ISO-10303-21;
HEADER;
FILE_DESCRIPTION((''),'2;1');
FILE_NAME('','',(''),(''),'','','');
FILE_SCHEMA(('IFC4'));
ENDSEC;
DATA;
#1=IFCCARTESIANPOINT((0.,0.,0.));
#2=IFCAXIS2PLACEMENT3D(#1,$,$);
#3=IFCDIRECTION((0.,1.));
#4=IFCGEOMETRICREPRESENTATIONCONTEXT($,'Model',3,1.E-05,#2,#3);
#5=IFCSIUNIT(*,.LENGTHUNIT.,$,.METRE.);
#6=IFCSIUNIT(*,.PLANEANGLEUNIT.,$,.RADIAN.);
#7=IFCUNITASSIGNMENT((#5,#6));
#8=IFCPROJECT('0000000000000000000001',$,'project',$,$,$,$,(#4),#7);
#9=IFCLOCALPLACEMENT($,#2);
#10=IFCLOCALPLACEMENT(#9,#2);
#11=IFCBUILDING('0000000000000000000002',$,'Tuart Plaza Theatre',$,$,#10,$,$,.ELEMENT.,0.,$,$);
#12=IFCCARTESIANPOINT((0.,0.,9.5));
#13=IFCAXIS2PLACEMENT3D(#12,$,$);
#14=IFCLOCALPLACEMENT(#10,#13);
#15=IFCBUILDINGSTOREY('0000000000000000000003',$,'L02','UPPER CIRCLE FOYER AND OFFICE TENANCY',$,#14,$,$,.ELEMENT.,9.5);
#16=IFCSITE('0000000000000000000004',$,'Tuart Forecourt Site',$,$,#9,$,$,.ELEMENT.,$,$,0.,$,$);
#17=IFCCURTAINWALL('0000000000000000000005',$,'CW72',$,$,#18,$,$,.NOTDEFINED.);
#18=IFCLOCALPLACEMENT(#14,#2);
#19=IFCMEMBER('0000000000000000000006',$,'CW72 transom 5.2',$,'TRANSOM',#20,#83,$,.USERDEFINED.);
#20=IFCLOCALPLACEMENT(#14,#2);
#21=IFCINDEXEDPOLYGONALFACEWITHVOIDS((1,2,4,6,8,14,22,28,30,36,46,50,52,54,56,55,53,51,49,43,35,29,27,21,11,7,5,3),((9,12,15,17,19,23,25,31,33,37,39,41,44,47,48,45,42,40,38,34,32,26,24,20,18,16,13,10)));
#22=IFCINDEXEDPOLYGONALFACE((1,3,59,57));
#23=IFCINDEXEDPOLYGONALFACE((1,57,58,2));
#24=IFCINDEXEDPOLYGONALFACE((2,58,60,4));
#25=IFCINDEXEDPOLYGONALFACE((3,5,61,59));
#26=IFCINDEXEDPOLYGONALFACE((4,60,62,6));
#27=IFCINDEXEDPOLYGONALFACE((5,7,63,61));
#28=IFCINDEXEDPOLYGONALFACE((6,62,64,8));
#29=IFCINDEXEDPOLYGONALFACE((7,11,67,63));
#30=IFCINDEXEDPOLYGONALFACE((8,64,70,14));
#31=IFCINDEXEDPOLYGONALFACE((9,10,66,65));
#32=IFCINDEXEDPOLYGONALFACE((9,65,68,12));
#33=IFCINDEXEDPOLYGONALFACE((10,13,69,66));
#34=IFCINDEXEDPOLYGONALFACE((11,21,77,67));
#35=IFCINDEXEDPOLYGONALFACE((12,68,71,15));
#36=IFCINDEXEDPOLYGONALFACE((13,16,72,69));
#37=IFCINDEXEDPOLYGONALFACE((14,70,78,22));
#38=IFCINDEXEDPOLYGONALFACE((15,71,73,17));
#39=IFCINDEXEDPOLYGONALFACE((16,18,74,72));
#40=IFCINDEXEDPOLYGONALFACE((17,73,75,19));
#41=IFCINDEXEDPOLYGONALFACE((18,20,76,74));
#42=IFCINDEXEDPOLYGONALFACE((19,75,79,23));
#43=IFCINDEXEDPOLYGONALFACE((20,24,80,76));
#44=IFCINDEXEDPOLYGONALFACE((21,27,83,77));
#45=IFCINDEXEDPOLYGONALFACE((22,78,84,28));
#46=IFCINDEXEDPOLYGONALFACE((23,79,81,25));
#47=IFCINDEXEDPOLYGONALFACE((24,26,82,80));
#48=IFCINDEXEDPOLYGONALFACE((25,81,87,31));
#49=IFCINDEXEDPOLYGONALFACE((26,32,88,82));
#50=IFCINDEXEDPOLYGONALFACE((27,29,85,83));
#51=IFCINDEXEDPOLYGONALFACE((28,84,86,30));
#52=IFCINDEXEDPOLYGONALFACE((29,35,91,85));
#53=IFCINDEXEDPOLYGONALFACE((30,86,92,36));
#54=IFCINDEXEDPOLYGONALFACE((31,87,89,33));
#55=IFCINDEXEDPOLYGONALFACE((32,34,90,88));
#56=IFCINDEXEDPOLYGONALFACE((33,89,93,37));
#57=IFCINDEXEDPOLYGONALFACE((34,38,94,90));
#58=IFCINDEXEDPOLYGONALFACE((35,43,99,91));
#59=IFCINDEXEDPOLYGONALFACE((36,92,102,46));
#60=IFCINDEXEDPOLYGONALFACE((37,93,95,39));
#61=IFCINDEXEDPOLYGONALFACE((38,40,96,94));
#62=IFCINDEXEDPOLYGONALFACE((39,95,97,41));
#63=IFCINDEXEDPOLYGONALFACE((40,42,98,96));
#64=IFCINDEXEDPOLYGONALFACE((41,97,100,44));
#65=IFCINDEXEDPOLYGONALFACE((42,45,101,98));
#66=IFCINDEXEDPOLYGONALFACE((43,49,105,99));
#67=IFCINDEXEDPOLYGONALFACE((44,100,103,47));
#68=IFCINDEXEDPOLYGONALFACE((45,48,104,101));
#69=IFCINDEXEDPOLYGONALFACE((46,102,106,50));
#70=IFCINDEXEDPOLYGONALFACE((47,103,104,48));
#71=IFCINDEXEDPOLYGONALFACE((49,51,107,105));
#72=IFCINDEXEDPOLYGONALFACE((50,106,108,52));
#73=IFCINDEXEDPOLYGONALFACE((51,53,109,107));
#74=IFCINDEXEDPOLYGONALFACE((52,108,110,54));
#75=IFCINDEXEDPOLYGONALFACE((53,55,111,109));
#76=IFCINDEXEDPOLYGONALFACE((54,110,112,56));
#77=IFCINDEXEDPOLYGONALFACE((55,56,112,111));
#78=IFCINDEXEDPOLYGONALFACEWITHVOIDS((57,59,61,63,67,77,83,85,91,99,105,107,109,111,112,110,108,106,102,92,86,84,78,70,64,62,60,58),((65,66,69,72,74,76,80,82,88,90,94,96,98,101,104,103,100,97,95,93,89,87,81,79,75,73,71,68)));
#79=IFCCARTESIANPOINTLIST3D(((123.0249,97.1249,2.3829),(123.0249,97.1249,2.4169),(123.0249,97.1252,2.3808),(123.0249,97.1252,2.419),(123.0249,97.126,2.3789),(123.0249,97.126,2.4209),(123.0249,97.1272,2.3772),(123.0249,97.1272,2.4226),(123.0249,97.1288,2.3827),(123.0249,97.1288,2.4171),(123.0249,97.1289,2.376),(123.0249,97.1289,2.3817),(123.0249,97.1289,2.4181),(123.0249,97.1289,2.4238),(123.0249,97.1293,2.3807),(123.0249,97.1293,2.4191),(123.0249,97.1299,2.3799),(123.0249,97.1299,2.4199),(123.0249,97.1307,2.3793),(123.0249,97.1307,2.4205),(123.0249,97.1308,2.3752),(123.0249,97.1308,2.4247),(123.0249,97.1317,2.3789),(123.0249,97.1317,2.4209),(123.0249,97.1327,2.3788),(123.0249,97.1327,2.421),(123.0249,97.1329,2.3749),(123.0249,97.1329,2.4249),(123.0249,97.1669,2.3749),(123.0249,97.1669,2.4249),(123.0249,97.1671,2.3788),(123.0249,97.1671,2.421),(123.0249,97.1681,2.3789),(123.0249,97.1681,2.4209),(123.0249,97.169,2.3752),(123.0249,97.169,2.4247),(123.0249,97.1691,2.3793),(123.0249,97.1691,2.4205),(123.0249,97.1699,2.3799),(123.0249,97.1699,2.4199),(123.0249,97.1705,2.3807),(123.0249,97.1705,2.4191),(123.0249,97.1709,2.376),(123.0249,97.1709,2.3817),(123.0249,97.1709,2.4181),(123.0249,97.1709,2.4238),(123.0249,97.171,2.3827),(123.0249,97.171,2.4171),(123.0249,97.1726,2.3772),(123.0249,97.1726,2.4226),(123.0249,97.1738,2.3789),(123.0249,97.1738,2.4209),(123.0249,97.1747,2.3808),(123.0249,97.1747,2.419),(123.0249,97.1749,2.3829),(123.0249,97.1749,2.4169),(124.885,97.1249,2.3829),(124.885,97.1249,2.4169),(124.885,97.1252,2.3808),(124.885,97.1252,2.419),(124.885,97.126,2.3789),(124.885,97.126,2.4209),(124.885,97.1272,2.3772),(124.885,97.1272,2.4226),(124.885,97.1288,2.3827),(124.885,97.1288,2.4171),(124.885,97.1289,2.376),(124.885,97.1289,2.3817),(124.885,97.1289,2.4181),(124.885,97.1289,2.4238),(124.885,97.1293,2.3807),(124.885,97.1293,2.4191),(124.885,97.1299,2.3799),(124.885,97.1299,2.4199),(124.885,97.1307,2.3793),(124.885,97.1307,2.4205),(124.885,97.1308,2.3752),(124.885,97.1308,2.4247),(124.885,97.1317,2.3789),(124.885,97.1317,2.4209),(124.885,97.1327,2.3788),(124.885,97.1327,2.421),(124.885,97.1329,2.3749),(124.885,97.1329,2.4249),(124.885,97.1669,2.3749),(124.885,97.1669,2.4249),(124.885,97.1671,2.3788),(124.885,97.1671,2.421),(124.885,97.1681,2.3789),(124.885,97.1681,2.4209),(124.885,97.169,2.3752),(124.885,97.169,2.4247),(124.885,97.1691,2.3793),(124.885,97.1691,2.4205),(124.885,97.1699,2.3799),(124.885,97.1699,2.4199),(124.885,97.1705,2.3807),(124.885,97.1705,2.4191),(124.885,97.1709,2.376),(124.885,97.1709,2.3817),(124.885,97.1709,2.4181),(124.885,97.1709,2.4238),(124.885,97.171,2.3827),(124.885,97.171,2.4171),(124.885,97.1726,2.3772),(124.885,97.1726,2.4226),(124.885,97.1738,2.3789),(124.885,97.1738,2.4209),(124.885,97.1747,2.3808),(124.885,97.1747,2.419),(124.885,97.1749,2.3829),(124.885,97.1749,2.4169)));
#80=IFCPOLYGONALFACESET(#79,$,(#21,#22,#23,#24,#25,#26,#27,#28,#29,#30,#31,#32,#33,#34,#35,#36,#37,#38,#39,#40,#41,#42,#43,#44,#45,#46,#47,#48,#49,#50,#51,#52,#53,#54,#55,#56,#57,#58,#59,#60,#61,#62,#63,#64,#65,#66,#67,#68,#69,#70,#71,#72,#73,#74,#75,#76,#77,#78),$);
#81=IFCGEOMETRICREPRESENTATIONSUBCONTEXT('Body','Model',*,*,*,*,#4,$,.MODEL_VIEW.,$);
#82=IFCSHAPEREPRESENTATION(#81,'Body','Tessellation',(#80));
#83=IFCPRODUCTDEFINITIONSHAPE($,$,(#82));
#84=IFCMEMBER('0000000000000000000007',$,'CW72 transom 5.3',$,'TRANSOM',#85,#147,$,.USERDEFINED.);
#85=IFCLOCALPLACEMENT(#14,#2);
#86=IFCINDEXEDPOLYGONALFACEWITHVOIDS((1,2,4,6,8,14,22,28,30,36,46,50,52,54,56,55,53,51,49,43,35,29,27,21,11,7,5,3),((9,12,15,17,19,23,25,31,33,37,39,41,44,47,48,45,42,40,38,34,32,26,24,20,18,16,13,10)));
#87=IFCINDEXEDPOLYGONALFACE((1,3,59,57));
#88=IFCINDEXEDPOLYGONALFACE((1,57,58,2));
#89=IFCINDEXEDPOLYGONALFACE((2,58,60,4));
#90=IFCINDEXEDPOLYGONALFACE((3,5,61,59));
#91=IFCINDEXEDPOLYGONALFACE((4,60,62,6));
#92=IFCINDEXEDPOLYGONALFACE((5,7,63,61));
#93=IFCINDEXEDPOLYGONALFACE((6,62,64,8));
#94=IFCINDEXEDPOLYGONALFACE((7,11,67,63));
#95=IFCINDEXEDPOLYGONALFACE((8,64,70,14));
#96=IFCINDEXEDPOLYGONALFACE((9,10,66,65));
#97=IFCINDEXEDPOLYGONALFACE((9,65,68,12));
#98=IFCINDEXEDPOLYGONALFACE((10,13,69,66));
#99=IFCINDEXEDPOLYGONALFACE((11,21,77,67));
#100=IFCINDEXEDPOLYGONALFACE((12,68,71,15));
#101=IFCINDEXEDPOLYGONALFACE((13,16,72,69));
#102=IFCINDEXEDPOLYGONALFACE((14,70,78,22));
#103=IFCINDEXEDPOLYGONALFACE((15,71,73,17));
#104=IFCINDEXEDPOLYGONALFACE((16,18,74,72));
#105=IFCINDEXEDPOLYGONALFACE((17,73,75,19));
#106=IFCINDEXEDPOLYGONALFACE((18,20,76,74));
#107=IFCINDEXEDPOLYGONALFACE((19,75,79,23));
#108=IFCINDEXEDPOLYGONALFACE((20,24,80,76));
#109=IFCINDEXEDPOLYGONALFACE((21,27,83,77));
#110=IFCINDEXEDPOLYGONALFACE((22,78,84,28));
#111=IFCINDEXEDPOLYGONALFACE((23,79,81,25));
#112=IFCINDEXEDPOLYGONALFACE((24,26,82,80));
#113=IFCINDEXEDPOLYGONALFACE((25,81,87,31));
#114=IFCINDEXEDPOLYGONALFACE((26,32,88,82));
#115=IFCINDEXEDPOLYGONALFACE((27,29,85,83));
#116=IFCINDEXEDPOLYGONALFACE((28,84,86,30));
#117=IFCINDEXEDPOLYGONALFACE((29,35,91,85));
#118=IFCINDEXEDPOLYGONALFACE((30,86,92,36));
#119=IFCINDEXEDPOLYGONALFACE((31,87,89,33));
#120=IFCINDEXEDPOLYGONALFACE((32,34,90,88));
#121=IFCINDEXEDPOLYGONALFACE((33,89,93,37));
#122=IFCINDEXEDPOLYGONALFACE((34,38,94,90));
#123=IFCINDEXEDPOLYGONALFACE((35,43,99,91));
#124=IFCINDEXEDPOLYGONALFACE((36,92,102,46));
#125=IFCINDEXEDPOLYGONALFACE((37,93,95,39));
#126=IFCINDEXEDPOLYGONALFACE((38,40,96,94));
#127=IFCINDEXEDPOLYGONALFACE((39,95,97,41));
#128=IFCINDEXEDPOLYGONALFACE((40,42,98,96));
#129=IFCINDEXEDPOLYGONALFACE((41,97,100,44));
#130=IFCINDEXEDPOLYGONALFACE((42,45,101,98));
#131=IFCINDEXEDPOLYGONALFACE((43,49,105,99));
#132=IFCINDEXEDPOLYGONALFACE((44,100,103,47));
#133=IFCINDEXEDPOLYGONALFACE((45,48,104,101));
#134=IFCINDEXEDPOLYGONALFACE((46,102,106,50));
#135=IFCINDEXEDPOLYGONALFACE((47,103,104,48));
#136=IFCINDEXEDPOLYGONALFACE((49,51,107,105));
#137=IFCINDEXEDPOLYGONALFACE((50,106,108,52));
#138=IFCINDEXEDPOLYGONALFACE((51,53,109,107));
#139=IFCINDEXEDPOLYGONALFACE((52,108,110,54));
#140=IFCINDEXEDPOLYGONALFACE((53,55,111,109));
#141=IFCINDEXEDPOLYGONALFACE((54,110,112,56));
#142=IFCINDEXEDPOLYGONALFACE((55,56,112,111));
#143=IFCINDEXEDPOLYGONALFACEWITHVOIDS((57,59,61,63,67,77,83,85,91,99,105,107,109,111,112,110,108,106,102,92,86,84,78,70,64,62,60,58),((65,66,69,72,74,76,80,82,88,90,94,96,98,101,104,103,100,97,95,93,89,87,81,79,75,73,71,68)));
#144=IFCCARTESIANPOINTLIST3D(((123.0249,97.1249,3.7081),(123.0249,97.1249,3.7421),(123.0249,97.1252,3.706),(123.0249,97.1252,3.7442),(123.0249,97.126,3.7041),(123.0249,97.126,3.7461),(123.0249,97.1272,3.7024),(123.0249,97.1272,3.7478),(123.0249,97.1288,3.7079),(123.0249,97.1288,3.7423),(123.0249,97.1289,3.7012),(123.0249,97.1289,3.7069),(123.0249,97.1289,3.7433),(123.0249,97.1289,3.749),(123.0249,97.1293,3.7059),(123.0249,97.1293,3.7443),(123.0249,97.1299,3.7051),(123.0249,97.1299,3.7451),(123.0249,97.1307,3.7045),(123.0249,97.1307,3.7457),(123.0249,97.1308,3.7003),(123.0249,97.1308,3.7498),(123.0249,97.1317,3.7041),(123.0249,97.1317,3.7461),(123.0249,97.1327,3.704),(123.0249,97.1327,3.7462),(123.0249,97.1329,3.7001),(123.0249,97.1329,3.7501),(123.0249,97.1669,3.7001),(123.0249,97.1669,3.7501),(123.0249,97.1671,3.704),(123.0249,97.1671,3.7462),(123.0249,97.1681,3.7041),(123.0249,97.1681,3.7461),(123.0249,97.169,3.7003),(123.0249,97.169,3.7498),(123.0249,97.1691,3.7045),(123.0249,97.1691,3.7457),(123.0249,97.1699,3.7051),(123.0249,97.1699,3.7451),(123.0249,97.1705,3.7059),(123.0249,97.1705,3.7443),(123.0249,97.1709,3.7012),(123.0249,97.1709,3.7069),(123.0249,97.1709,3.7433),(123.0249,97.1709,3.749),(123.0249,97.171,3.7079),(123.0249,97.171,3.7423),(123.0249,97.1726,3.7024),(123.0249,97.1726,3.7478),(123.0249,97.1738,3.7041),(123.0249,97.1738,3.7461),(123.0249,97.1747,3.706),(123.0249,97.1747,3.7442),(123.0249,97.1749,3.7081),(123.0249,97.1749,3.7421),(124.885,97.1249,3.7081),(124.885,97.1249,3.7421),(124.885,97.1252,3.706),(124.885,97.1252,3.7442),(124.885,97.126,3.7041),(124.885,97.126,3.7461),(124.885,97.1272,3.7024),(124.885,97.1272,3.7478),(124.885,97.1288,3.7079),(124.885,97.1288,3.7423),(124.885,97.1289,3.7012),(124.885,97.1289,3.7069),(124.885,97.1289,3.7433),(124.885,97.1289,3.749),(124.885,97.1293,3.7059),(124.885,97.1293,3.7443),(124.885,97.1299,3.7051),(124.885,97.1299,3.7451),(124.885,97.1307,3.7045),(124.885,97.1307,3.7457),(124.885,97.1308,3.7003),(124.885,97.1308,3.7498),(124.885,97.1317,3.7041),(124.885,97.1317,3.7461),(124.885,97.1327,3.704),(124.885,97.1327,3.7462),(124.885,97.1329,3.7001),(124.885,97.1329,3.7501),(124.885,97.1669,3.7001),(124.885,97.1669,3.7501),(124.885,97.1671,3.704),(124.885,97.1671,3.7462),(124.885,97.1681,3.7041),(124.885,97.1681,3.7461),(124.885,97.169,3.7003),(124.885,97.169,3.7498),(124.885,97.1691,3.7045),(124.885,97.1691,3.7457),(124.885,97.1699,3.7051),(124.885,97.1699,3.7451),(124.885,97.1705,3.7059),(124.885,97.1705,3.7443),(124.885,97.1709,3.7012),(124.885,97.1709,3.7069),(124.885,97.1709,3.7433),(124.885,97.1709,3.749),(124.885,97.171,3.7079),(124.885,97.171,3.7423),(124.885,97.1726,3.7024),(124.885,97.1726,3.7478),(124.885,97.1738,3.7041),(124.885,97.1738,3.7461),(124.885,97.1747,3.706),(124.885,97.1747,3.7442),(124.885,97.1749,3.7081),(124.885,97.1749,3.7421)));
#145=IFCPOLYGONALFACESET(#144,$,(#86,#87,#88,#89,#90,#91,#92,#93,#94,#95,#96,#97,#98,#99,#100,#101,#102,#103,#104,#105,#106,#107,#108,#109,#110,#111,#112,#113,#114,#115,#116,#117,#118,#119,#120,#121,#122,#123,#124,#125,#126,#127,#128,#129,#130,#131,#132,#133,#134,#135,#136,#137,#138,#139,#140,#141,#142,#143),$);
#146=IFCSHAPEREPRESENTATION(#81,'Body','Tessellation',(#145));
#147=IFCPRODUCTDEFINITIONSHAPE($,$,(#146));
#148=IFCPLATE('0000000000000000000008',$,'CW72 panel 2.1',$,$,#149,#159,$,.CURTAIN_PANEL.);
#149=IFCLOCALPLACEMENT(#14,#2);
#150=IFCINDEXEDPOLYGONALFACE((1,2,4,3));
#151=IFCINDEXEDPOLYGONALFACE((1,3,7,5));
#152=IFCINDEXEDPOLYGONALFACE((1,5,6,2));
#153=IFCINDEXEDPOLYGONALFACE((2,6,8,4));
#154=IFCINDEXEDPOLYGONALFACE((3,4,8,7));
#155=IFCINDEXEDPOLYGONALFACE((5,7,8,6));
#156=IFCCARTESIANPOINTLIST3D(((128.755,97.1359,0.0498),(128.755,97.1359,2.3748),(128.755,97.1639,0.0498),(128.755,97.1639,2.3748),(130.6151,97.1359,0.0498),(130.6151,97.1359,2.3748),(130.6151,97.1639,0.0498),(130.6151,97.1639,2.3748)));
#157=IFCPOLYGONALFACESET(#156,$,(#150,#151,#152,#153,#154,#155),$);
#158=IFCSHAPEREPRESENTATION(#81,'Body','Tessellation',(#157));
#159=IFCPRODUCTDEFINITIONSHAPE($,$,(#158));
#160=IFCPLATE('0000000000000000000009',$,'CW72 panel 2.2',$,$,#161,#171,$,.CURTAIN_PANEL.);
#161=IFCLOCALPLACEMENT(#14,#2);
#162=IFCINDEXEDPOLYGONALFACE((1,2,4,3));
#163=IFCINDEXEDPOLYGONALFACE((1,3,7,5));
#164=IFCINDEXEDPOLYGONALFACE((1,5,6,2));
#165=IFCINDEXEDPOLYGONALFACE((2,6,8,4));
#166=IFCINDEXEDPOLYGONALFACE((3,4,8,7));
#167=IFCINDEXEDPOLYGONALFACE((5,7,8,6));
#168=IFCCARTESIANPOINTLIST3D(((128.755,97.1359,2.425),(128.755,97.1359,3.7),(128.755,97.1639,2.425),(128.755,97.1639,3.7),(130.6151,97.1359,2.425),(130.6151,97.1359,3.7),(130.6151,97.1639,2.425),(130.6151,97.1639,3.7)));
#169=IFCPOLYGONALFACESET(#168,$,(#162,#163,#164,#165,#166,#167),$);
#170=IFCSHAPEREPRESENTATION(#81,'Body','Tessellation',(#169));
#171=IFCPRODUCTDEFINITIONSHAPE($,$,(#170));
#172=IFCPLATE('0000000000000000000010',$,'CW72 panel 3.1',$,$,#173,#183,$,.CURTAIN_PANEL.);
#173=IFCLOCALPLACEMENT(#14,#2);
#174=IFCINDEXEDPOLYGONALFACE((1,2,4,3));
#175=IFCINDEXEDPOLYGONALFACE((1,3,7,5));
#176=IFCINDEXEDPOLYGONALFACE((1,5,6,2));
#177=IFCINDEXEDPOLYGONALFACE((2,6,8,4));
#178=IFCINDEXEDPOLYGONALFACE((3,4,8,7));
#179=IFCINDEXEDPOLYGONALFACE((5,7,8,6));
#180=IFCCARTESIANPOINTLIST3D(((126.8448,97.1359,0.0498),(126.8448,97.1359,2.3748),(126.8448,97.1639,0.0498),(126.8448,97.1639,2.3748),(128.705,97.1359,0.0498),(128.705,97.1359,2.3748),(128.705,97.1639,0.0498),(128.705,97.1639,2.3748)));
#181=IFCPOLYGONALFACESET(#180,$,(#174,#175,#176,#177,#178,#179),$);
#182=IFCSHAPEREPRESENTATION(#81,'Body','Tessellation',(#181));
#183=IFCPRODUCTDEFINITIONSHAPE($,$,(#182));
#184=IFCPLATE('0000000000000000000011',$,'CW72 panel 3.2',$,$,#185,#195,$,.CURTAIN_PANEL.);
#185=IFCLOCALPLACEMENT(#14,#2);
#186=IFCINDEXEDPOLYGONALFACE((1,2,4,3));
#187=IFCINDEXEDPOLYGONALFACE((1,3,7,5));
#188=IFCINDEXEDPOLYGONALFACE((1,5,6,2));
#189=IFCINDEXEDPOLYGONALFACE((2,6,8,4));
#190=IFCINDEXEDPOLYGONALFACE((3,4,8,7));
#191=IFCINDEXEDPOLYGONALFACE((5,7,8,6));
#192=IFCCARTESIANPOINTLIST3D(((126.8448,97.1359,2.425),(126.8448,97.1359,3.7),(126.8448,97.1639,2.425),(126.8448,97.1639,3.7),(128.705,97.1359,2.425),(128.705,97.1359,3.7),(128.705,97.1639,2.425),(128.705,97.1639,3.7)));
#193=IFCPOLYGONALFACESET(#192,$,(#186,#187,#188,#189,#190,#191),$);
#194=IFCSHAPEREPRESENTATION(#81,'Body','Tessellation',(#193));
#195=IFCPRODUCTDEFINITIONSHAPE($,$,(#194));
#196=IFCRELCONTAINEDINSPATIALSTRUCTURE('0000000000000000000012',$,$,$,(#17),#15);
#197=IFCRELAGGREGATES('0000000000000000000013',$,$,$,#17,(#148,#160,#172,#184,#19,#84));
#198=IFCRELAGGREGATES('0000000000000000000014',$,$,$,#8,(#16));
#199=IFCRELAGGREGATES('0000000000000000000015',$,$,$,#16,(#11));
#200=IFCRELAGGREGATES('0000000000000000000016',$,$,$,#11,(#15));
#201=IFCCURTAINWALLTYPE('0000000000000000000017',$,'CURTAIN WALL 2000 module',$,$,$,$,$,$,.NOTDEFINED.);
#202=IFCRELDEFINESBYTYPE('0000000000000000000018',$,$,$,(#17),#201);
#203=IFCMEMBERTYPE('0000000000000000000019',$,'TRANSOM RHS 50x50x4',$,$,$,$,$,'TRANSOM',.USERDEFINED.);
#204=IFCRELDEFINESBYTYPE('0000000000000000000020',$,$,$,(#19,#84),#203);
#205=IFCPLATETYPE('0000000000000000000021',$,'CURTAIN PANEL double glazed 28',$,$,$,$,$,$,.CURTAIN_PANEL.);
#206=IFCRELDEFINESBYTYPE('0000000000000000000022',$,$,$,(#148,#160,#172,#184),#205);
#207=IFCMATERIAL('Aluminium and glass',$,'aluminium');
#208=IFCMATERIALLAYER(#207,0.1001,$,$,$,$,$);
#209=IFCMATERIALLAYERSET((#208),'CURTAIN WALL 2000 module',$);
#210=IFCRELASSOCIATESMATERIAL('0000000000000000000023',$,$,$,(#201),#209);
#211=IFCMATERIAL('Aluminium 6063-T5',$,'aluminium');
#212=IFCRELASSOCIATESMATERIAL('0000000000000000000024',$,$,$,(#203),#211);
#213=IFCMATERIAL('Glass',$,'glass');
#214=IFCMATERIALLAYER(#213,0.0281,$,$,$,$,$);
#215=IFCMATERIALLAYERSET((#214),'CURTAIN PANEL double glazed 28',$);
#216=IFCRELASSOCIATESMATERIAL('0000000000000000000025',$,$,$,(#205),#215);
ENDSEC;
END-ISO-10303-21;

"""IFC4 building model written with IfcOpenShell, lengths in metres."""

from ifc_helpers import new_model, si_unit, direction, frame, origin, origin_2d, place, context, subcontext, project, spatial, rectangle, hollow_rectangle, extrude, material, layer, layer_set, material_profile, profile_set, type_object, element, aggregate, save


model = new_model("IFC4")

# Units and contexts
model_context = context("Model", 3, precision=1e-05, world=origin(), true_north=direction((0.0, 1.0)))
body_context = subcontext(model_context, "Body", "Model", "MODEL_VIEW")
ifc_project = project(units=[si_unit("LENGTHUNIT", "METRE"), si_unit("PLANEANGLEUNIT", "RADIAN")], contexts=[model_context])

# Site, building, storey
site_placement = place(None, origin())
site = spatial("IfcSite", under=ifc_project, at=site_placement, Name="Tuart Forecourt Site", CompositionType="ELEMENT", RefElevation=0.0)
building_placement = place(site_placement, origin())
building = spatial("IfcBuilding", under=site, at=building_placement, Name="Tuart Plaza Theatre", CompositionType="ELEMENT", ElevationOfRefHeight=0.0)
storey_placement = place(building_placement, frame((0.0, 0.0, 9.5)))
storey = spatial("IfcBuildingStorey", under=building, at=storey_placement, Name="L02", Description="UPPER CIRCLE FOYER AND OFFICE TENANCY", CompositionType="ELEMENT", Elevation=9.5)

# Curtain wall, members, plates
ifc_material_1 = material(Name="Aluminium and glass", Category="aluminium")
ifc_layer_1 = layer(ifc_material_1, 0.1001)
ifc_layer_set_1 = layer_set([ifc_layer_1], Name="CURTAIN WALL 2000 module")
curtain_wall_type = type_object("IfcCurtainWallType", Name="CURTAIN WALL 2000 module", PredefinedType="NOTDEFINED", material=ifc_layer_set_1)
curtain_wall_placement = place(storey_placement, origin())
curtain_wall = element("IfcCurtainWall", 1, at=curtain_wall_placement, inside=storey, type_object=curtain_wall_type, Name="CW72", PredefinedType="NOTDEFINED")
ifc_material_2 = material(Name="Aluminium 6063-T5", Category="aluminium")
ifc_material_profile_1 = material_profile(ifc_material_2, hollow_rectangle(XDim=0.05, YDim=0.05, WallThickness=0.0039, InnerFilletRadius=0.0039, OuterFilletRadius=0.0081, at=origin_2d()), Name="RHS 50x50x4")
ifc_profile_set_1 = profile_set([ifc_material_profile_1], Name="Aluminium 6063-T5")
member_type_1 = type_object("IfcMemberType", Name="TRANSOM RHS 50x50x4", ElementType="TRANSOM", PredefinedType="USERDEFINED", material=ifc_profile_set_1)
member_1_placement = place(storey_placement, frame((124.885, 97.1499, 2.3999), z_axis=(-1.0, 0.0, 0.0), x_axis=(0.0, -1.0, 0.0)))
member_1 = element("IfcMember", 2, at=member_1_placement, type_object=member_type_1, Name="CW72 transom 5.2", ObjectType="TRANSOM", PredefinedType="USERDEFINED", context=body_context, shape_type="SweptSolid", body=[
    extrude(hollow_rectangle(XDim=0.05, YDim=0.05, WallThickness=0.0039, InnerFilletRadius=0.0039, OuterFilletRadius=0.0081, at=origin_2d()), origin(), (0.0, 0.0, 1.0), 1.8601),
])
member_2_placement = place(storey_placement, frame((124.885, 97.1499, 3.7251), z_axis=(-1.0, 0.0, 0.0), x_axis=(0.0, -1.0, 0.0)))
member_2 = element("IfcMember", 3, at=member_2_placement, type_object=member_type_1, Name="CW72 transom 5.3", ObjectType="TRANSOM", PredefinedType="USERDEFINED", context=body_context, shape_type="SweptSolid", body=[
    extrude(hollow_rectangle(XDim=0.05, YDim=0.05, WallThickness=0.0039, InnerFilletRadius=0.0039, OuterFilletRadius=0.0081, at=origin_2d()), origin(), (0.0, 0.0, 1.0), 1.8601),
])
ifc_material_3 = material(Name="Glass", Category="glass")
ifc_layer_2 = layer(ifc_material_3, 0.0281)
ifc_layer_set_2 = layer_set([ifc_layer_2], Name="CURTAIN PANEL double glazed 28")
plate_type = type_object("IfcPlateType", Name="CURTAIN PANEL double glazed 28", PredefinedType="CURTAIN_PANEL", material=ifc_layer_set_2)
plate_1_placement = place(storey_placement, frame((129.6851, 97.1499, 0.0498), z_axis=(0.0, 0.0, 1.0), x_axis=(-1.0, 0.0, 0.0)))
plate_1 = element("IfcPlate", 4, at=plate_1_placement, type_object=plate_type, Name="CW72 panel 2.1", PredefinedType="CURTAIN_PANEL", context=body_context, shape_type="SweptSolid", body=[
    extrude(rectangle(XDim=1.8601, YDim=0.0281, at=origin_2d()), origin(), (0.0, 0.0, 1.0), 2.325),
])
plate_2_placement = place(storey_placement, frame((129.6851, 97.1499, 2.425), z_axis=(0.0, 0.0, 1.0), x_axis=(-1.0, 0.0, 0.0)))
plate_2 = element("IfcPlate", 5, at=plate_2_placement, type_object=plate_type, Name="CW72 panel 2.2", PredefinedType="CURTAIN_PANEL", context=body_context, shape_type="SweptSolid", body=[
    extrude(rectangle(XDim=1.8601, YDim=0.0281, at=origin_2d()), origin(), (0.0, 0.0, 1.0), 1.2749),
])
plate_3_placement = place(storey_placement, frame((127.7749, 97.1499, 0.0498), z_axis=(0.0, 0.0, 1.0), x_axis=(-1.0, 0.0, 0.0)))
plate_3 = element("IfcPlate", 6, at=plate_3_placement, type_object=plate_type, Name="CW72 panel 3.1", PredefinedType="CURTAIN_PANEL", context=body_context, shape_type="SweptSolid", body=[
    extrude(rectangle(XDim=1.8601, YDim=0.0281, at=origin_2d()), origin(), (0.0, 0.0, 1.0), 2.325),
])
plate_4_placement = place(storey_placement, frame((127.7749, 97.1499, 2.425), z_axis=(0.0, 0.0, 1.0), x_axis=(-1.0, 0.0, 0.0)))
plate_4 = element("IfcPlate", 7, at=plate_4_placement, type_object=plate_type, Name="CW72 panel 3.2", PredefinedType="CURTAIN_PANEL", context=body_context, shape_type="SweptSolid", body=[
    extrude(rectangle(XDim=1.8601, YDim=0.0281, at=origin_2d()), origin(), (0.0, 0.0, 1.0), 1.2749),
])
aggregate(curtain_wall, [plate_1, plate_2, plate_3, plate_4, member_1, member_2])

save(model, "model.ifc")
